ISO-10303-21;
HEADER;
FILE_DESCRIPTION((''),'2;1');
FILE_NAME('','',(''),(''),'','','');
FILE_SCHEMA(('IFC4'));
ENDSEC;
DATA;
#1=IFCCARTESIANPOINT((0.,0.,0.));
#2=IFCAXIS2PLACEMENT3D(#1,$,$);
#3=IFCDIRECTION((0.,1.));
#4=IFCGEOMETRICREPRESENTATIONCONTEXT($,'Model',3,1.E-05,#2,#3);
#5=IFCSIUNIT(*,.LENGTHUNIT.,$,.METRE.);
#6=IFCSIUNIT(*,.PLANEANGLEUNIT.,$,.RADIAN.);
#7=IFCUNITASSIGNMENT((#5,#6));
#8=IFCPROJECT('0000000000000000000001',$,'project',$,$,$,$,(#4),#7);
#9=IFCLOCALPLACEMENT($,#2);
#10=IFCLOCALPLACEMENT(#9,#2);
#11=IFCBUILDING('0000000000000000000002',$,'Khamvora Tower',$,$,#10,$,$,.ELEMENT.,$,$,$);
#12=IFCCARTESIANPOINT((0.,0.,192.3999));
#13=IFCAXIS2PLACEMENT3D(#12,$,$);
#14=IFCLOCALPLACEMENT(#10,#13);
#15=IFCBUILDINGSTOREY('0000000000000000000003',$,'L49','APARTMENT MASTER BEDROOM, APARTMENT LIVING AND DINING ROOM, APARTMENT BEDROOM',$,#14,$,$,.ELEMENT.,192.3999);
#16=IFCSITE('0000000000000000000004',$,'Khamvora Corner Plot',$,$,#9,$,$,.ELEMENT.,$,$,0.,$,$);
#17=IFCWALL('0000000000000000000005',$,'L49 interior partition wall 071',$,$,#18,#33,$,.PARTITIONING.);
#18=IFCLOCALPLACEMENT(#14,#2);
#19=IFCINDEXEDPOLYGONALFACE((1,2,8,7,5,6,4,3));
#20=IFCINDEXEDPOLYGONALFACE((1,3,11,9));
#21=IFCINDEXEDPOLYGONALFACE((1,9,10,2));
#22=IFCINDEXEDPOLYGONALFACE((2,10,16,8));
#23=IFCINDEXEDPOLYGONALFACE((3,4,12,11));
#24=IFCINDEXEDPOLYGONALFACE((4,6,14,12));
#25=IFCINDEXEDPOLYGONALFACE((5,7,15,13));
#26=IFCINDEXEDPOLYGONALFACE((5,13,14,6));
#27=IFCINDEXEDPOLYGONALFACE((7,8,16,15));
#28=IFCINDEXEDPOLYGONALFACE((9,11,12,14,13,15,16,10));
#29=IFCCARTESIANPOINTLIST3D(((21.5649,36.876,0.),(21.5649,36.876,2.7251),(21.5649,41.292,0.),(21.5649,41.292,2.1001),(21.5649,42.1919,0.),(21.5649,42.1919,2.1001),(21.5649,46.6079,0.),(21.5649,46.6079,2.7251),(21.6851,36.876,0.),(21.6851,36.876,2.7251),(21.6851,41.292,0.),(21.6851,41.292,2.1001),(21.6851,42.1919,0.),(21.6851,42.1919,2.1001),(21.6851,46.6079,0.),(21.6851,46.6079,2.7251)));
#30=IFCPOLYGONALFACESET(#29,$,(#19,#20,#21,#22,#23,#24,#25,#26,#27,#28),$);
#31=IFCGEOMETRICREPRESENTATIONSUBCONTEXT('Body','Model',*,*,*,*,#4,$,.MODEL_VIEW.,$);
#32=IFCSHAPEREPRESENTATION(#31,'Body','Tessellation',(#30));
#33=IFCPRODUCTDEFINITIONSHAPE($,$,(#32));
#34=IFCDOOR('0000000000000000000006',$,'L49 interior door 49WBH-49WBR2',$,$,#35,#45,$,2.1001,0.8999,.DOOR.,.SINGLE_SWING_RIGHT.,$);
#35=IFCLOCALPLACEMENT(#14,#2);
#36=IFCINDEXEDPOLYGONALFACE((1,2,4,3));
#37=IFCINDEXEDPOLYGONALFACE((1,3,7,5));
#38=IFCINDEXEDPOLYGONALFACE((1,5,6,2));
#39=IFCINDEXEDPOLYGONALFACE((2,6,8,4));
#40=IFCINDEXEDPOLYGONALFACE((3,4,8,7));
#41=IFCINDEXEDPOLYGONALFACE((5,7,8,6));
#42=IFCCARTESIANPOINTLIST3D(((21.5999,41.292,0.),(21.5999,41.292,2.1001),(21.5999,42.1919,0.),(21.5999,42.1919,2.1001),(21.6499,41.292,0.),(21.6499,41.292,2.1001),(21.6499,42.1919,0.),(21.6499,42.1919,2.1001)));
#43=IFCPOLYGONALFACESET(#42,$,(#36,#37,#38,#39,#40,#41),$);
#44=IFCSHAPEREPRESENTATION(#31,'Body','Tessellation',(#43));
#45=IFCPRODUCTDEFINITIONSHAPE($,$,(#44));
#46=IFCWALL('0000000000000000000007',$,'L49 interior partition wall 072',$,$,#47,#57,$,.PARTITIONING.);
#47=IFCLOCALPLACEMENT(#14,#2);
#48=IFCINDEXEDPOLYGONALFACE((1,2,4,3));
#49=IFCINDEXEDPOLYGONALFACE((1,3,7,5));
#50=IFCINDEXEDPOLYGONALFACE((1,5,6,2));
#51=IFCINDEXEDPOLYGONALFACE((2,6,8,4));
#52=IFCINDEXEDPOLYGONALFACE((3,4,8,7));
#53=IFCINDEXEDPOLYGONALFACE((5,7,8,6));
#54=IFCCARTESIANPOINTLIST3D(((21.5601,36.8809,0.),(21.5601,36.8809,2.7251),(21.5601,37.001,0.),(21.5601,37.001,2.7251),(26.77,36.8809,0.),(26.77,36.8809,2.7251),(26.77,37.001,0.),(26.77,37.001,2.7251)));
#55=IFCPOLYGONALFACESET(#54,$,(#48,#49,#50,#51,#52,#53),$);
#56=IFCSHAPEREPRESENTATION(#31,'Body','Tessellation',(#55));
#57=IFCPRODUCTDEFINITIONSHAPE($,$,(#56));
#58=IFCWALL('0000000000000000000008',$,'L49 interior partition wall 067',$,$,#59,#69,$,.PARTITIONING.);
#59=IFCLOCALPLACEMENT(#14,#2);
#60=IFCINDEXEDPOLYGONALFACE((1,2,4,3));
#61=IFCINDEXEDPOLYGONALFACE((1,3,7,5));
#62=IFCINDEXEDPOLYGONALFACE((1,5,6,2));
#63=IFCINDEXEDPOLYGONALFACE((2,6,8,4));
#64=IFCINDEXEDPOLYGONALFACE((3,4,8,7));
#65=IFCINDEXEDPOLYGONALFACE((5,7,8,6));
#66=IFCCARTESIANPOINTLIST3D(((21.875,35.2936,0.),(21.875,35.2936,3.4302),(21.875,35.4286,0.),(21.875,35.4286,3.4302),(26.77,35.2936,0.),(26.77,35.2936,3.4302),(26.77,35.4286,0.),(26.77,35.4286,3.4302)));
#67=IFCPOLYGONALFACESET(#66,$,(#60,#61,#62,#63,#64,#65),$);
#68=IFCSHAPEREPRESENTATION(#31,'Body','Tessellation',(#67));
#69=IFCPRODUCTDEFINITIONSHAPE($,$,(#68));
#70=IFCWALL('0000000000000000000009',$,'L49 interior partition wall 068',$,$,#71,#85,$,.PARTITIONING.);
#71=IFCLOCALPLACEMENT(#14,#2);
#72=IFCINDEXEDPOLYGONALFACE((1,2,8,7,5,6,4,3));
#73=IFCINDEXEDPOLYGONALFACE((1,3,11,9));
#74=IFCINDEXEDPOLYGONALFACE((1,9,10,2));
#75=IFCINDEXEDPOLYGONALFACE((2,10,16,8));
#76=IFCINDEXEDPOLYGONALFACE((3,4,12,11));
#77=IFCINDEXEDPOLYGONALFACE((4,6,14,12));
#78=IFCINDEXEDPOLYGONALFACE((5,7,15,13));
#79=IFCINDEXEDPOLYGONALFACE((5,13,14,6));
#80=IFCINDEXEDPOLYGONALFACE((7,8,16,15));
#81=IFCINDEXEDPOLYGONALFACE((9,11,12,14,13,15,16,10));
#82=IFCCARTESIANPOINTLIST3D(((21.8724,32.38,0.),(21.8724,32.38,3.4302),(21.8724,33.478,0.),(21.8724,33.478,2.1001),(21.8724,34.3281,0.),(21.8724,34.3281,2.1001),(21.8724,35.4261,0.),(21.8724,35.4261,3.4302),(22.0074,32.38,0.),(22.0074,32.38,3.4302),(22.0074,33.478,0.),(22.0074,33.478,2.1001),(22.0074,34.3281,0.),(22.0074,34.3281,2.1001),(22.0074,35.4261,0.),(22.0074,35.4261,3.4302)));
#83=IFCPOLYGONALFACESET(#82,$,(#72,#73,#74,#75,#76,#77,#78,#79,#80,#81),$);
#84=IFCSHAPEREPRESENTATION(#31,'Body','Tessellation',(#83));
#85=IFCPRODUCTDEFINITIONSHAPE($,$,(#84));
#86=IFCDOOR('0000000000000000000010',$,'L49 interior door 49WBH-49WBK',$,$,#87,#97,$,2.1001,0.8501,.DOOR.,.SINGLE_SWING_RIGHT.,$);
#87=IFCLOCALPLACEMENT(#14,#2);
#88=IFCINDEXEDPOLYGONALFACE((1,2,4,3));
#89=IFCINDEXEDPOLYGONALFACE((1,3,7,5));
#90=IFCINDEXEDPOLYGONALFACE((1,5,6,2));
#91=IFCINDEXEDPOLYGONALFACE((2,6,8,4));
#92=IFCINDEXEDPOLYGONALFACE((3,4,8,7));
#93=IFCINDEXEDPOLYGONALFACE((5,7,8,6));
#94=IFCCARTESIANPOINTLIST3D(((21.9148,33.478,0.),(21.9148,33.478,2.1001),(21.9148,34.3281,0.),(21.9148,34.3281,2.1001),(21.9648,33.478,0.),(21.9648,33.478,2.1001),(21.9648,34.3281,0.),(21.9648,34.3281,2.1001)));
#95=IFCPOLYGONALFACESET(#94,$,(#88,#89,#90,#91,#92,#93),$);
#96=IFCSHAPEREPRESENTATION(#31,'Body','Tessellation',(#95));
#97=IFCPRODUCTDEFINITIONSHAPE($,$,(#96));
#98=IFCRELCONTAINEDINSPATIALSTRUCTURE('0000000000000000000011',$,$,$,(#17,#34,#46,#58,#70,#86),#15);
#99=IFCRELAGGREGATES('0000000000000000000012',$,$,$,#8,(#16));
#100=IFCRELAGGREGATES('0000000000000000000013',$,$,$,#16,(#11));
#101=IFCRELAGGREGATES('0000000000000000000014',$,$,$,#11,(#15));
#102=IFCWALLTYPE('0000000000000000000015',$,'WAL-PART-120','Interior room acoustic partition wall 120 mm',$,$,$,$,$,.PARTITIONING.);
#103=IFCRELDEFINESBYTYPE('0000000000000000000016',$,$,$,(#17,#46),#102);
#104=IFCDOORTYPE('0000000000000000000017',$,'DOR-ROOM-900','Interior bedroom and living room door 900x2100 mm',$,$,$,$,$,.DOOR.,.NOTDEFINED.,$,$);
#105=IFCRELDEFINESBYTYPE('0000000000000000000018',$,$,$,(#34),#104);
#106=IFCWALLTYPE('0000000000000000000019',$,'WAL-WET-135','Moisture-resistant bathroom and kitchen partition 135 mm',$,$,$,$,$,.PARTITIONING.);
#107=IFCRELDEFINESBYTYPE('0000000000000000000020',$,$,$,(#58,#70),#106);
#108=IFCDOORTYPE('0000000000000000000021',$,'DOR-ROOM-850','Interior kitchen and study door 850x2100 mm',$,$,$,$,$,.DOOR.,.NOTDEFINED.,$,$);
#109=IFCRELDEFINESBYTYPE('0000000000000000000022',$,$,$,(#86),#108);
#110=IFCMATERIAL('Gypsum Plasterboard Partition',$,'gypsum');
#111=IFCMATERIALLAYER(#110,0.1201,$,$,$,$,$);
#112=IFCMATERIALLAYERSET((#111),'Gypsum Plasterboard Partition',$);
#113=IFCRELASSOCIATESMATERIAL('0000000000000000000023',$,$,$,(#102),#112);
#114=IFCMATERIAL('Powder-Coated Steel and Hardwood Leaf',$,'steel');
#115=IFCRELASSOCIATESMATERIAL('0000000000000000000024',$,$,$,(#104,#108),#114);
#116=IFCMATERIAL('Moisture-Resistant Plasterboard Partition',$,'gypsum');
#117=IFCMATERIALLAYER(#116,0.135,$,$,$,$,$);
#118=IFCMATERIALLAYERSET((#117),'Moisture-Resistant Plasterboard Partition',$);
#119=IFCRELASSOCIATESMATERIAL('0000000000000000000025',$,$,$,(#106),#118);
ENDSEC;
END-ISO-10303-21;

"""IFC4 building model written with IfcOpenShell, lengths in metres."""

from ifc_helpers import new_model, si_unit, direction, frame, frame_2d, origin, place, context, subcontext, project, spatial, rectangle, extrude, material, layer, layer_set, type_object, element, fill, save


model = new_model("IFC4")

# Units and contexts
model_context = context("Model", 3, precision=1e-05, world=origin(), true_north=direction((0.0, 1.0)))
body_context = subcontext(model_context, "Body", "Model", "MODEL_VIEW")
ifc_project = project(units=[si_unit("LENGTHUNIT", "METRE"), si_unit("PLANEANGLEUNIT", "RADIAN")], contexts=[model_context])

# Site, building, storey
site_placement = place(None, origin())
site = spatial("IfcSite", under=ifc_project, at=site_placement, Name="Khamvora Corner Plot", CompositionType="ELEMENT", RefElevation=0.0)
building_placement = place(site_placement, origin())
building = spatial("IfcBuilding", under=site, at=building_placement, Name="Khamvora Tower", CompositionType="ELEMENT")
storey_placement = place(building_placement, frame((0.0, 0.0, 192.3999)))
storey = spatial("IfcBuildingStorey", under=building, at=storey_placement, Name="L49", Description="APARTMENT MASTER BEDROOM, APARTMENT LIVING AND DINING ROOM, APARTMENT BEDROOM", CompositionType="ELEMENT", Elevation=192.3999)

# Shared definitions
ifc_material_1 = material(Name="Powder-Coated Steel and Hardwood Leaf", Category="steel")

# Shared definitions
ifc_material_2 = material(Name="Gypsum Plasterboard Partition", Category="gypsum")
ifc_layer_1 = layer(ifc_material_2, 0.1201)
ifc_layer_set_1 = layer_set([ifc_layer_1], Name="Gypsum Plasterboard Partition")
wall_type_1 = type_object("IfcWallType", Name="WAL-PART-120", Description="Interior room acoustic partition wall 120 mm", PredefinedType="PARTITIONING", material=ifc_layer_set_1)

# Wall, opening, door
wall_1_placement = place(storey_placement, frame((21.625, 46.6079, 0.0), z_axis=(0.0, 0.0, 1.0), x_axis=(0.0, -1.0, 0.0)))
wall_1 = element("IfcWall", 1, at=wall_1_placement, inside=storey, type_object=wall_type_1, Name="L49 interior partition wall 071", PredefinedType="PARTITIONING", context=body_context, shape_type="SweptSolid", body=[
    extrude(rectangle(XDim=9.7319, YDim=0.1201, at=frame_2d((4.866, 0.0))), origin(), (0.0, 0.0, 1.0), 2.7251),
])
opening_1_placement = place(wall_1_placement, frame((4.416, 0.0, 0.0)))
opening_1 = element("IfcOpeningElement", 2, at=opening_1_placement, cuts=wall_1, PredefinedType="OPENING", context=body_context, shape_type="SweptSolid", body=[
    extrude(rectangle(XDim=0.8999, YDim=2.1001, at=frame_2d((0.45, 1.05))), frame((0.0, 0.0701, 0.0), z_axis=(0.0, -1.0, 0.0), x_axis=(1.0, 0.0, 0.0)), (0.0, 0.0, 1.0), 0.1401),
])
door_type_1 = type_object("IfcDoorType", Name="DOR-ROOM-900", Description="Interior bedroom and living room door 900x2100 mm", OperationType="NOTDEFINED", PredefinedType="DOOR", material=ifc_material_1)
door_1_placement = place(opening_1_placement, origin())
door_1 = element("IfcDoor", 3, at=door_1_placement, inside=storey, type_object=door_type_1, Name="L49 interior door 49WBH-49WBR2", OperationType="SINGLE_SWING_RIGHT", OverallHeight=2.1001, OverallWidth=0.8999, PredefinedType="DOOR", context=body_context, shape_type="SweptSolid", body=[
    extrude(rectangle(XDim=0.8999, YDim=2.1001, at=frame_2d((0.45, 1.05))), frame((0.0, 0.0249, 0.0), z_axis=(0.0, -1.0, 0.0), x_axis=(1.0, 0.0, 0.0)), (0.0, 0.0, 1.0), 0.05),
])
fill(opening_1, door_1)

# Walls
wall_2_placement = place(storey_placement, frame((21.5601, 36.9409, 0.0), z_axis=(0.0, 0.0, 1.0), x_axis=(1.0, 0.0, 0.0)))
element("IfcWall", 4, at=wall_2_placement, inside=storey, type_object=wall_type_1, Name="L49 interior partition wall 072", PredefinedType="PARTITIONING", context=body_context, shape_type="SweptSolid", body=[
    extrude(rectangle(XDim=5.21, YDim=0.1201, at=frame_2d((2.605, 0.0))), origin(), (0.0, 0.0, 1.0), 2.7251),
])
ifc_material_3 = material(Name="Moisture-Resistant Plasterboard Partition", Category="gypsum")
ifc_layer_2 = layer(ifc_material_3, 0.135)
ifc_layer_set_2 = layer_set([ifc_layer_2], Name="Moisture-Resistant Plasterboard Partition")
wall_type_2 = type_object("IfcWallType", Name="WAL-WET-135", Description="Moisture-resistant bathroom and kitchen partition 135 mm", PredefinedType="PARTITIONING", material=ifc_layer_set_2)
wall_3_placement = place(storey_placement, frame((26.77, 35.3611, 0.0), z_axis=(0.0, 0.0, 1.0), x_axis=(-1.0, 0.0, 0.0)))
element("IfcWall", 5, at=wall_3_placement, inside=storey, type_object=wall_type_2, Name="L49 interior partition wall 067", PredefinedType="PARTITIONING", context=body_context, shape_type="SweptSolid", body=[
    extrude(rectangle(XDim=4.895, YDim=0.135, at=frame_2d((2.4475, 0.0))), origin(), (0.0, 0.0, 1.0), 3.4302),
])

# Wall, opening, door
wall_4_placement = place(storey_placement, frame((21.9399, 35.426, 0.0), z_axis=(0.0, 0.0, 1.0), x_axis=(0.0, -1.0, 0.0)))
wall_4 = element("IfcWall", 6, at=wall_4_placement, inside=storey, type_object=wall_type_2, Name="L49 interior partition wall 068", PredefinedType="PARTITIONING", context=body_context, shape_type="SweptSolid", body=[
    extrude(rectangle(XDim=3.0461, YDim=0.135, at=frame_2d((1.5229, 0.0))), origin(), (0.0, 0.0, 1.0), 3.4302),
])
opening_2_placement = place(wall_4_placement, frame((1.0979, 0.0, 0.0)))
opening_2 = element("IfcOpeningElement", 7, at=opening_2_placement, cuts=wall_4, PredefinedType="OPENING", context=body_context, shape_type="SweptSolid", body=[
    extrude(rectangle(XDim=0.8501, YDim=2.1001, at=frame_2d((0.425, 1.05))), frame((0.0, 0.0774, 0.0), z_axis=(0.0, -1.0, 0.0), x_axis=(1.0, 0.0, 0.0)), (0.0, 0.0, 1.0), 0.155),
])
door_type_2 = type_object("IfcDoorType", Name="DOR-ROOM-850", Description="Interior kitchen and study door 850x2100 mm", OperationType="NOTDEFINED", PredefinedType="DOOR", material=ifc_material_1)
door_2_placement = place(opening_2_placement, origin())
door_2 = element("IfcDoor", 8, at=door_2_placement, inside=storey, type_object=door_type_2, Name="L49 interior door 49WBH-49WBK", OperationType="SINGLE_SWING_RIGHT", OverallHeight=2.1001, OverallWidth=0.8501, PredefinedType="DOOR", context=body_context, shape_type="SweptSolid", body=[
    extrude(rectangle(XDim=0.8501, YDim=2.1001, at=frame_2d((0.425, 1.05))), frame((0.0, 0.0249, 0.0), z_axis=(0.0, -1.0, 0.0), x_axis=(1.0, 0.0, 0.0)), (0.0, 0.0, 1.0), 0.05),
])
fill(opening_2, door_2)

save(model, "model.ifc")
